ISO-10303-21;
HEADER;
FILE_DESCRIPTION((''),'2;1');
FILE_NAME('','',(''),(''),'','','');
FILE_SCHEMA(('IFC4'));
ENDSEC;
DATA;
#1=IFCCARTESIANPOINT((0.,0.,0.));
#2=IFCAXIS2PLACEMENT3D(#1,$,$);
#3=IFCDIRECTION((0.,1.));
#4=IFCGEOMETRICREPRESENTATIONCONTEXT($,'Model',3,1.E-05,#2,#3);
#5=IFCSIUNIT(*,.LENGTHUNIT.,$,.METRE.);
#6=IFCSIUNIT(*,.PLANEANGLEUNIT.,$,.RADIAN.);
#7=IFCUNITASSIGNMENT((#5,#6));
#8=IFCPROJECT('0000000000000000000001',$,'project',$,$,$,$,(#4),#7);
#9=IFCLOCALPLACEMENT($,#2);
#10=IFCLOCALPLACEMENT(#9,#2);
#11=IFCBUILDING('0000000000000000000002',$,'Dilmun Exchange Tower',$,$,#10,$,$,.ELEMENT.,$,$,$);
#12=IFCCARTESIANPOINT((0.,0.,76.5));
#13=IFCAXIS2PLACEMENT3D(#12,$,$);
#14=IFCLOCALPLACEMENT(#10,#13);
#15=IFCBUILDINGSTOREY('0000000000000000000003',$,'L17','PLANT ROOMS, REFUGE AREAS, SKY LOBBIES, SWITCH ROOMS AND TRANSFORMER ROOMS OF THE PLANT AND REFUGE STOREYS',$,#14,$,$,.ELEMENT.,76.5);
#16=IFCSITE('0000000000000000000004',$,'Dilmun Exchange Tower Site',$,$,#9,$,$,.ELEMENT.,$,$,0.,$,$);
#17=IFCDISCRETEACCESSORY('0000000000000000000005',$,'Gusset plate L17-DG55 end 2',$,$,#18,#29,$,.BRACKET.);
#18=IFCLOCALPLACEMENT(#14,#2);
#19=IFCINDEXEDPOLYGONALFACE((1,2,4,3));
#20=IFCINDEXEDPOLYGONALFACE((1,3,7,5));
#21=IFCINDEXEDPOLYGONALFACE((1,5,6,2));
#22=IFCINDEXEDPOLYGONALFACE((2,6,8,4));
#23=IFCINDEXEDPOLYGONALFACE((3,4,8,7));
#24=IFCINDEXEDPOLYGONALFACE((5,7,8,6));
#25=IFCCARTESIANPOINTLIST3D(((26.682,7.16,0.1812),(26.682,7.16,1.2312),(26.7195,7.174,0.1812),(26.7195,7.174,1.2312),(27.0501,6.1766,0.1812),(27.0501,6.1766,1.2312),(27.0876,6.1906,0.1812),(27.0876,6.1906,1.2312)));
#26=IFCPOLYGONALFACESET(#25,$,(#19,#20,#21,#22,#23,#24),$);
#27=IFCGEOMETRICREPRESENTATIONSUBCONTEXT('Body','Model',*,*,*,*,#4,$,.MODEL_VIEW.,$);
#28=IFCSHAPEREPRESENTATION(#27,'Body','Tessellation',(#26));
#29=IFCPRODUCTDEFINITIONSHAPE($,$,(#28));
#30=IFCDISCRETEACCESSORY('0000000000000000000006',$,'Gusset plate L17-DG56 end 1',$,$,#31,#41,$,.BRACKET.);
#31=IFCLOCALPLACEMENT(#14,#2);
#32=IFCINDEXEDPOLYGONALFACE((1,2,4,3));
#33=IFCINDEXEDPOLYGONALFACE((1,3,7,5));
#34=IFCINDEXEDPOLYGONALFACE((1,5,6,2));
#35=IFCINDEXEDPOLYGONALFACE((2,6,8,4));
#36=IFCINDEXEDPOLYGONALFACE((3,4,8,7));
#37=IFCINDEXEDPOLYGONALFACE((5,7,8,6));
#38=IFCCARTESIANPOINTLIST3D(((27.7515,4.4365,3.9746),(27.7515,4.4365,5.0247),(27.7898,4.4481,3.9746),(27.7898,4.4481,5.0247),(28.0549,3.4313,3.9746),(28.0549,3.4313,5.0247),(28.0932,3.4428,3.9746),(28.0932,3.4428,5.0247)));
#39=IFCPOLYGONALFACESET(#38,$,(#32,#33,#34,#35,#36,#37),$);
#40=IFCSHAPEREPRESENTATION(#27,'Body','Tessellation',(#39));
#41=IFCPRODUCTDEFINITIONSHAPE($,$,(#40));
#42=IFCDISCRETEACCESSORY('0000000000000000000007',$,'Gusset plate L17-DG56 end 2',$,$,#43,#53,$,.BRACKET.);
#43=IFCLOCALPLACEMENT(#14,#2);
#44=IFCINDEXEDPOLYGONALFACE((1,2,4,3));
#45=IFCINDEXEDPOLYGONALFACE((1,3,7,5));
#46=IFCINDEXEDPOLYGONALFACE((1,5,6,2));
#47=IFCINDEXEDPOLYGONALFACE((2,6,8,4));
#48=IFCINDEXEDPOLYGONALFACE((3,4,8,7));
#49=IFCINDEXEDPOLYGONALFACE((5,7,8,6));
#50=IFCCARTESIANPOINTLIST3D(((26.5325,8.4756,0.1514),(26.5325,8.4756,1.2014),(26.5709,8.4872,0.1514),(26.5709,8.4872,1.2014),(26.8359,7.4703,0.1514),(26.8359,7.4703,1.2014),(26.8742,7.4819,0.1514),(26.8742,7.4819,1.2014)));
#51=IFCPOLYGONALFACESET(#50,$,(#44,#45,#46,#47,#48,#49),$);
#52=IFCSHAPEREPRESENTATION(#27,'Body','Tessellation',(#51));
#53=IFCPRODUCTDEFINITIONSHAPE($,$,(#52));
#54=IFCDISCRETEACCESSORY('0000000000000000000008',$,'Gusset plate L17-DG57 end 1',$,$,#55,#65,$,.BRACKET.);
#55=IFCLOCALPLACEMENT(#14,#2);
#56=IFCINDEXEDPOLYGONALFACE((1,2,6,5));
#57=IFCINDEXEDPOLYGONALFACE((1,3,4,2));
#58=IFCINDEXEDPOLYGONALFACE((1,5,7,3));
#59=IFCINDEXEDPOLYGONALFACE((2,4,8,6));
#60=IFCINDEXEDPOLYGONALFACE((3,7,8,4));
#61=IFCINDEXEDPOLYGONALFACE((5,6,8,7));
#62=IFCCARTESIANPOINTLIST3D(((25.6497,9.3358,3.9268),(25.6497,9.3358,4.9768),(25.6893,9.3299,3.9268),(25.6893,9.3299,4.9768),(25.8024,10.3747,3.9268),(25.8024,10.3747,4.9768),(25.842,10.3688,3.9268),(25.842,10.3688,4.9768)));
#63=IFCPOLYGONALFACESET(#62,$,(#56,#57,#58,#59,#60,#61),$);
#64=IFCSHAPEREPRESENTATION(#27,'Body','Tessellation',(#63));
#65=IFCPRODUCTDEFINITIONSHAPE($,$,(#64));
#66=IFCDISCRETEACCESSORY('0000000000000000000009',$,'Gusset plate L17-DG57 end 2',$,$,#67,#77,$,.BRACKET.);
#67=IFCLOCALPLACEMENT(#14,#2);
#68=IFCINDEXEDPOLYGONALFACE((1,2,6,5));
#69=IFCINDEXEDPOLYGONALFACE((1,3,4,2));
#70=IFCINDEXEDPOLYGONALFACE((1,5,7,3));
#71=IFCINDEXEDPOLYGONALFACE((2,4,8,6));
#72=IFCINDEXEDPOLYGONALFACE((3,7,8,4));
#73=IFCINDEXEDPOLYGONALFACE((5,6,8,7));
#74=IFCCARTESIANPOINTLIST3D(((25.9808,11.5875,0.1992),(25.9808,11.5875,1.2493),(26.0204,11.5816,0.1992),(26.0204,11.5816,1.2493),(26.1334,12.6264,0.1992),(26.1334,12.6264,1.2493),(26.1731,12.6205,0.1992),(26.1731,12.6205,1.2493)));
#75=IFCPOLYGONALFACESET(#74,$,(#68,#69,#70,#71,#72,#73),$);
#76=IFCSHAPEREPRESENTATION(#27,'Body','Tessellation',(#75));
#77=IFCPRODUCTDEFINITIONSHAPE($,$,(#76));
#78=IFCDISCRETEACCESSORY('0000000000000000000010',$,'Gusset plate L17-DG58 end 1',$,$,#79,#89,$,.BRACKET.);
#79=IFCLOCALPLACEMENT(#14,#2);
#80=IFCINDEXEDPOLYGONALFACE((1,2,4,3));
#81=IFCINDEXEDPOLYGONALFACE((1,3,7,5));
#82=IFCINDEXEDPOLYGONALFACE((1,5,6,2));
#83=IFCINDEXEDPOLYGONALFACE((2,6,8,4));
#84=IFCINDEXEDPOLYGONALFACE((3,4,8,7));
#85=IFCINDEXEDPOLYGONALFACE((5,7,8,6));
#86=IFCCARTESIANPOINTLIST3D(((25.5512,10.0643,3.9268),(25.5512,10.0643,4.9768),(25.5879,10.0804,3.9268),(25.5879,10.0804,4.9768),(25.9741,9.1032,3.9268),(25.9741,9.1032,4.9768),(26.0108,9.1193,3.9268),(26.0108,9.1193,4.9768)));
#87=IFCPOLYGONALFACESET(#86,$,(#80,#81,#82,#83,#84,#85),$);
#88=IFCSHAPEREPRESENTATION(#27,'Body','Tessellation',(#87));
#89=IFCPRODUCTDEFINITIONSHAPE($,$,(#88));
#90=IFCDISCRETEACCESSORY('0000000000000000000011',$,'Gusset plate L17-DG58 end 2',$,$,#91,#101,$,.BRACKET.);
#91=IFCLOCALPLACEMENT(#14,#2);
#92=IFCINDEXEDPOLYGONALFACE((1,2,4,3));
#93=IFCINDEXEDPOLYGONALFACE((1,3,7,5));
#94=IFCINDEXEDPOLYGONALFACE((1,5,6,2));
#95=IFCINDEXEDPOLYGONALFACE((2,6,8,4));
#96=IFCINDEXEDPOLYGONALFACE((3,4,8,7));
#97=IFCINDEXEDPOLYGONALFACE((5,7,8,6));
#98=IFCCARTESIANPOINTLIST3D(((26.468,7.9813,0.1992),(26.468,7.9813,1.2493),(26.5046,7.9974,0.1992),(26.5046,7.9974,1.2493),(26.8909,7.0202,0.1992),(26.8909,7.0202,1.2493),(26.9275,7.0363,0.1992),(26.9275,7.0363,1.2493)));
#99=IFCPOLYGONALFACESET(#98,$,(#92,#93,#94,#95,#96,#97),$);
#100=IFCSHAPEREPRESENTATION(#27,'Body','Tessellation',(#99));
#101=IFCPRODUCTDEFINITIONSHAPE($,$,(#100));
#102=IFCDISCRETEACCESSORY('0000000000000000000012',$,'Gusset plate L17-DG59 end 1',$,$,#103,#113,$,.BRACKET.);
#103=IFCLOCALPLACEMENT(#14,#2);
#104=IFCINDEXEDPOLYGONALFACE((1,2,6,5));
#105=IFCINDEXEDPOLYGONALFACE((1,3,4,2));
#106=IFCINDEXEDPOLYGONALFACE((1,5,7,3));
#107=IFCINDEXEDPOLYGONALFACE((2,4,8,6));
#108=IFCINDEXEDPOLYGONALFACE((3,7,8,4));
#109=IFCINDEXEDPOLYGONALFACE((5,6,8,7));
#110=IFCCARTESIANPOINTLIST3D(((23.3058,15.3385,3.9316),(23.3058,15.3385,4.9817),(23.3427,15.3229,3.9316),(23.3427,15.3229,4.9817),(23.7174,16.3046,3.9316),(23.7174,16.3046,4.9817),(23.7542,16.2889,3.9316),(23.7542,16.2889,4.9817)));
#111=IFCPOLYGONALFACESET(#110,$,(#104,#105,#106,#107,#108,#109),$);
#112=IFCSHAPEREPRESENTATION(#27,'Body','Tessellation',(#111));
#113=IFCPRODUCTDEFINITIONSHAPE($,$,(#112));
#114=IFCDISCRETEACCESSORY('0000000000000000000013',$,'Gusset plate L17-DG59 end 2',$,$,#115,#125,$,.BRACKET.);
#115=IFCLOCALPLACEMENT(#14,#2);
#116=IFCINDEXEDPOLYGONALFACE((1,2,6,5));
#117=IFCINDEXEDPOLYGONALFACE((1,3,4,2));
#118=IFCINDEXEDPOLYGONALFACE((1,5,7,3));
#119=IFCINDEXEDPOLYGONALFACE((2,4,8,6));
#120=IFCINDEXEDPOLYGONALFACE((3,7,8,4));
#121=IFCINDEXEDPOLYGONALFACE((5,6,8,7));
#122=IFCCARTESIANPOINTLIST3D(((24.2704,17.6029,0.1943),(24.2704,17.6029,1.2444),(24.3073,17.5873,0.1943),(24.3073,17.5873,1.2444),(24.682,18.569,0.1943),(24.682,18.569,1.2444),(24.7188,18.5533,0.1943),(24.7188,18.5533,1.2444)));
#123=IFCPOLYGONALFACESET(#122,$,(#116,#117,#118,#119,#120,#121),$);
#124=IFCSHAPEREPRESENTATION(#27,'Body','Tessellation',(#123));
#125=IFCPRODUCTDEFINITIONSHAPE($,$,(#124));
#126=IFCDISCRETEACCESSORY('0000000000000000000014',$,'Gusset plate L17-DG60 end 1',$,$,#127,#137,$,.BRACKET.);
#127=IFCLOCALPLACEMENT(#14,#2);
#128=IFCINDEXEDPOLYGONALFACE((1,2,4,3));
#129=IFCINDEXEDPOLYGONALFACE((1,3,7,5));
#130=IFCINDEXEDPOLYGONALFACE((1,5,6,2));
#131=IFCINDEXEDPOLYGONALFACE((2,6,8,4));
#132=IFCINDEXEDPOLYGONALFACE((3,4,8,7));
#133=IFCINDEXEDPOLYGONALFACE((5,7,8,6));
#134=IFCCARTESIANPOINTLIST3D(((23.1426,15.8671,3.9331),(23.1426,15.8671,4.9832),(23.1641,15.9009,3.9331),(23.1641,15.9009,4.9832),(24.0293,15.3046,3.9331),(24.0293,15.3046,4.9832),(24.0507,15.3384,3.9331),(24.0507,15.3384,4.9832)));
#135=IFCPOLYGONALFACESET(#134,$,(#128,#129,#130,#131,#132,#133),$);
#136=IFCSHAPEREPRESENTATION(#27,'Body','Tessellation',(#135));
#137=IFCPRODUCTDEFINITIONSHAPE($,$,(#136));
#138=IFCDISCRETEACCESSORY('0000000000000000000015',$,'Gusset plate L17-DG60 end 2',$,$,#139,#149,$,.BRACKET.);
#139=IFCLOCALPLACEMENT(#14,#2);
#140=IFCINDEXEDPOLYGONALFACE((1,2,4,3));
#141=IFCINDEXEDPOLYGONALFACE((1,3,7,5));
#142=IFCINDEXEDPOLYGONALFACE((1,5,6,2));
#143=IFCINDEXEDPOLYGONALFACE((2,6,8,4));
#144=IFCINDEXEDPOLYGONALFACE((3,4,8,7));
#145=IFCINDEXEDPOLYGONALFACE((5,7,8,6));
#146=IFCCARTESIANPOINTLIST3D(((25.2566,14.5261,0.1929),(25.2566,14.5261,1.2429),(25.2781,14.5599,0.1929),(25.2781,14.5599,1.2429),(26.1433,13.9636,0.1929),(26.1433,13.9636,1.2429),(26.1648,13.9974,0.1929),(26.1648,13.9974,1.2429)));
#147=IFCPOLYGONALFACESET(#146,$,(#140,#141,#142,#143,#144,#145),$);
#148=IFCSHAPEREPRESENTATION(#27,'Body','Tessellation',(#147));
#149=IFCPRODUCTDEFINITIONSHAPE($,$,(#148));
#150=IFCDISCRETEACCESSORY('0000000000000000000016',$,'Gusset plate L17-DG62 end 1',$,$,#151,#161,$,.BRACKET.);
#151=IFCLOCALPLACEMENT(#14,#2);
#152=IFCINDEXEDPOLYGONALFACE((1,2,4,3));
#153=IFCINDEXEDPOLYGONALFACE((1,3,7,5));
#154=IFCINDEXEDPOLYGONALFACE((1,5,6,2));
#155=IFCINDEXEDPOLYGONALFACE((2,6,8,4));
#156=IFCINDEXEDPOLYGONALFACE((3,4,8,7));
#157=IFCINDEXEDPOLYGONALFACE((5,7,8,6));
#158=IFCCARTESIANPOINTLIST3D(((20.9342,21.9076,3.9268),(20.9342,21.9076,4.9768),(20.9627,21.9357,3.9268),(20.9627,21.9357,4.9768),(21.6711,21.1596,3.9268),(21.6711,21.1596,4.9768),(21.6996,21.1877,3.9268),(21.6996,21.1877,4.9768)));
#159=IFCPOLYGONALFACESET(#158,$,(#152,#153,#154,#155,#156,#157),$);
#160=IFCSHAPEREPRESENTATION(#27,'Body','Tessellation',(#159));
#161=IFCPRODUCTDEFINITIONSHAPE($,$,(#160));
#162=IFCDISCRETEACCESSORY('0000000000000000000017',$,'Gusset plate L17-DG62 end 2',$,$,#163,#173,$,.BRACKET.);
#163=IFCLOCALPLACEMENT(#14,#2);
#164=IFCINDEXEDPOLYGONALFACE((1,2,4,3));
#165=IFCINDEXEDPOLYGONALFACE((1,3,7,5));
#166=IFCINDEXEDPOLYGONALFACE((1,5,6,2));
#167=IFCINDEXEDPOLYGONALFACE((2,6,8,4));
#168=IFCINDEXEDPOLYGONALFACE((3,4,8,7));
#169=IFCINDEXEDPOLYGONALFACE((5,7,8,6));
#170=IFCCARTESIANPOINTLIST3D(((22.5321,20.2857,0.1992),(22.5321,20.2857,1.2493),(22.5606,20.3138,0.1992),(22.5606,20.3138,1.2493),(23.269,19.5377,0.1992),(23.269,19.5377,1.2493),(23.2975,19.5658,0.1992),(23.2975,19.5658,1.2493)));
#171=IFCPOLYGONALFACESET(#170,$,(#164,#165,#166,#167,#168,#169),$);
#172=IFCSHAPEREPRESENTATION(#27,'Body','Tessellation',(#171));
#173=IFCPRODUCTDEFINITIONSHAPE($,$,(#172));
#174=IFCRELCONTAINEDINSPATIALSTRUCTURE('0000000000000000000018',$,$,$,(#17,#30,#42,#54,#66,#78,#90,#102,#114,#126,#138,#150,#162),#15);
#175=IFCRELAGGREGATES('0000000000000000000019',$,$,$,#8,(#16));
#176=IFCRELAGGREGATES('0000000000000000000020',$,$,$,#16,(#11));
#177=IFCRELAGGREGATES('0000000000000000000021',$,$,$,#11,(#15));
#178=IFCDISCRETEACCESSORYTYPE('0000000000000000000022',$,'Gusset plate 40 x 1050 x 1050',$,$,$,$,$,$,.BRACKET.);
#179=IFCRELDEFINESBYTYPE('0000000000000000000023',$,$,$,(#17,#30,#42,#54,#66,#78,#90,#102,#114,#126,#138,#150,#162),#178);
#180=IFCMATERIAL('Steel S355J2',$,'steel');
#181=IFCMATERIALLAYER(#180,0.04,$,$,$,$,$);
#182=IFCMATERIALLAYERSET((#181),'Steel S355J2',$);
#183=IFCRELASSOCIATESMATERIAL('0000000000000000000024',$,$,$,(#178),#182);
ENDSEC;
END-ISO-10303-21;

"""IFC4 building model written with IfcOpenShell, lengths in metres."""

from ifc_helpers import new_model, si_unit, direction, frame, origin, origin_2d, place, context, subcontext, project, spatial, rectangle, extrude, material, layer, layer_set, type_object, element, save


model = new_model("IFC4")

# Units and contexts
model_context = context("Model", 3, precision=1e-05, world=origin(), true_north=direction((0.0, 1.0)))
body_context = subcontext(model_context, "Body", "Model", "MODEL_VIEW")
ifc_project = project(units=[si_unit("LENGTHUNIT", "METRE"), si_unit("PLANEANGLEUNIT", "RADIAN")], contexts=[model_context])

# Site, building, storey
site_placement = place(None, origin())
site = spatial("IfcSite", under=ifc_project, at=site_placement, Name="Dilmun Exchange Tower Site", CompositionType="ELEMENT", RefElevation=0.0)
building_placement = place(site_placement, origin())
building = spatial("IfcBuilding", under=site, at=building_placement, Name="Dilmun Exchange Tower", CompositionType="ELEMENT")
storey_placement = place(building_placement, frame((0.0, 0.0, 76.5)))
storey = spatial("IfcBuildingStorey", under=building, at=storey_placement, Name="L17", Description="PLANT ROOMS, REFUGE AREAS, SKY LOBBIES, SWITCH ROOMS AND TRANSFORMER ROOMS OF THE PLANT AND REFUGE STOREYS", CompositionType="ELEMENT", Elevation=76.5)

# Discrete accessories
ifc_material_1 = material(Name="Steel S355J2", Category="steel")
ifc_layer_1 = layer(ifc_material_1, 0.04)
ifc_layer_set_1 = layer_set([ifc_layer_1], Name="Steel S355J2")
discrete_accessory_type = type_object("IfcDiscreteAccessoryType", Name="Gusset plate 40 x 1050 x 1050", PredefinedType="BRACKET", material=ifc_layer_set_1)
for number, where, z_axis, x_axis, name in (
    (1, (26.8848, 6.6753, 0.1812), (0.0, 0.0, 1.0), (-0.350578, 0.936533, 0.0), "Gusset plate L17-DG55 end 2"),
    (2, (27.9224, 3.9397, 3.9746), (0.0, 0.0, 1.0), (-0.28891, 0.957356, 0.0), "Gusset plate L17-DG56 end 1"),
    (3, (26.7034, 7.9788, 0.1514), (0.0, 0.0, 1.0), (-0.28891, 0.957356, 0.0), "Gusset plate L17-DG56 end 2"),
    (4, (25.7458, 9.8523, 3.9268), (0.0, 0.0, 1.0), (0.145408, 0.989372, 0.0), "Gusset plate L17-DG57 end 1"),
    (5, (26.0769, 12.104, 0.1992), (0.0, 0.0, 1.0), (0.145408, 0.989372, 0.0), "Gusset plate L17-DG57 end 2"),
    (6, (25.781, 9.5918, 3.9268), (0.0, 0.0, 1.0), (0.402758, -0.915307, 0.0), "Gusset plate L17-DG58 end 1"),
    (7, (26.6978, 7.5088, 0.1992), (0.0, 0.0, 1.0), (0.402758, -0.915307, 0.0), "Gusset plate L17-DG58 end 2"),
    (8, (23.53, 15.8137, 3.9316), (0.0, 0.0, 1.0), (0.391908, 0.920004, 0.0), "Gusset plate L17-DG59 end 1"),
    (9, (24.4946, 18.0781, 0.1943), (0.0, 0.0, 1.0), (0.391908, 0.920004, 0.0), "Gusset plate L17-DG59 end 2"),
    (10, (23.5967, 15.6028, 3.9331), (0.0, 0.0, 1.0), (0.844428, -0.535669, 0.0), "Gusset plate L17-DG60 end 1"),
    (11, (25.7107, 14.2617, 0.1929), (0.0, 0.0, 1.0), (0.844428, -0.535669, 0.0), "Gusset plate L17-DG60 end 2"),
    (12, (21.3169, 21.5476, 3.9268), (0.0, 0.0, 1.0), (0.701834, -0.712341, 0.0), "Gusset plate L17-DG62 end 1"),
    (13, (22.9148, 19.9258, 0.1992), (0.0, 0.0, 1.0), (0.701834, -0.712341, 0.0), "Gusset plate L17-DG62 end 2"),
):
    element("IfcDiscreteAccessory", number, at=place(storey_placement, frame(where, z_axis=z_axis, x_axis=x_axis)), inside=storey, type_object=discrete_accessory_type, Name=name, PredefinedType="BRACKET", context=body_context, shape_type="SweptSolid", body=[
        extrude(rectangle(XDim=1.05, YDim=0.04, at=origin_2d()), origin(), (0.0, 0.0, 1.0), 1.05),
    ])

save(model, "model.ifc")
